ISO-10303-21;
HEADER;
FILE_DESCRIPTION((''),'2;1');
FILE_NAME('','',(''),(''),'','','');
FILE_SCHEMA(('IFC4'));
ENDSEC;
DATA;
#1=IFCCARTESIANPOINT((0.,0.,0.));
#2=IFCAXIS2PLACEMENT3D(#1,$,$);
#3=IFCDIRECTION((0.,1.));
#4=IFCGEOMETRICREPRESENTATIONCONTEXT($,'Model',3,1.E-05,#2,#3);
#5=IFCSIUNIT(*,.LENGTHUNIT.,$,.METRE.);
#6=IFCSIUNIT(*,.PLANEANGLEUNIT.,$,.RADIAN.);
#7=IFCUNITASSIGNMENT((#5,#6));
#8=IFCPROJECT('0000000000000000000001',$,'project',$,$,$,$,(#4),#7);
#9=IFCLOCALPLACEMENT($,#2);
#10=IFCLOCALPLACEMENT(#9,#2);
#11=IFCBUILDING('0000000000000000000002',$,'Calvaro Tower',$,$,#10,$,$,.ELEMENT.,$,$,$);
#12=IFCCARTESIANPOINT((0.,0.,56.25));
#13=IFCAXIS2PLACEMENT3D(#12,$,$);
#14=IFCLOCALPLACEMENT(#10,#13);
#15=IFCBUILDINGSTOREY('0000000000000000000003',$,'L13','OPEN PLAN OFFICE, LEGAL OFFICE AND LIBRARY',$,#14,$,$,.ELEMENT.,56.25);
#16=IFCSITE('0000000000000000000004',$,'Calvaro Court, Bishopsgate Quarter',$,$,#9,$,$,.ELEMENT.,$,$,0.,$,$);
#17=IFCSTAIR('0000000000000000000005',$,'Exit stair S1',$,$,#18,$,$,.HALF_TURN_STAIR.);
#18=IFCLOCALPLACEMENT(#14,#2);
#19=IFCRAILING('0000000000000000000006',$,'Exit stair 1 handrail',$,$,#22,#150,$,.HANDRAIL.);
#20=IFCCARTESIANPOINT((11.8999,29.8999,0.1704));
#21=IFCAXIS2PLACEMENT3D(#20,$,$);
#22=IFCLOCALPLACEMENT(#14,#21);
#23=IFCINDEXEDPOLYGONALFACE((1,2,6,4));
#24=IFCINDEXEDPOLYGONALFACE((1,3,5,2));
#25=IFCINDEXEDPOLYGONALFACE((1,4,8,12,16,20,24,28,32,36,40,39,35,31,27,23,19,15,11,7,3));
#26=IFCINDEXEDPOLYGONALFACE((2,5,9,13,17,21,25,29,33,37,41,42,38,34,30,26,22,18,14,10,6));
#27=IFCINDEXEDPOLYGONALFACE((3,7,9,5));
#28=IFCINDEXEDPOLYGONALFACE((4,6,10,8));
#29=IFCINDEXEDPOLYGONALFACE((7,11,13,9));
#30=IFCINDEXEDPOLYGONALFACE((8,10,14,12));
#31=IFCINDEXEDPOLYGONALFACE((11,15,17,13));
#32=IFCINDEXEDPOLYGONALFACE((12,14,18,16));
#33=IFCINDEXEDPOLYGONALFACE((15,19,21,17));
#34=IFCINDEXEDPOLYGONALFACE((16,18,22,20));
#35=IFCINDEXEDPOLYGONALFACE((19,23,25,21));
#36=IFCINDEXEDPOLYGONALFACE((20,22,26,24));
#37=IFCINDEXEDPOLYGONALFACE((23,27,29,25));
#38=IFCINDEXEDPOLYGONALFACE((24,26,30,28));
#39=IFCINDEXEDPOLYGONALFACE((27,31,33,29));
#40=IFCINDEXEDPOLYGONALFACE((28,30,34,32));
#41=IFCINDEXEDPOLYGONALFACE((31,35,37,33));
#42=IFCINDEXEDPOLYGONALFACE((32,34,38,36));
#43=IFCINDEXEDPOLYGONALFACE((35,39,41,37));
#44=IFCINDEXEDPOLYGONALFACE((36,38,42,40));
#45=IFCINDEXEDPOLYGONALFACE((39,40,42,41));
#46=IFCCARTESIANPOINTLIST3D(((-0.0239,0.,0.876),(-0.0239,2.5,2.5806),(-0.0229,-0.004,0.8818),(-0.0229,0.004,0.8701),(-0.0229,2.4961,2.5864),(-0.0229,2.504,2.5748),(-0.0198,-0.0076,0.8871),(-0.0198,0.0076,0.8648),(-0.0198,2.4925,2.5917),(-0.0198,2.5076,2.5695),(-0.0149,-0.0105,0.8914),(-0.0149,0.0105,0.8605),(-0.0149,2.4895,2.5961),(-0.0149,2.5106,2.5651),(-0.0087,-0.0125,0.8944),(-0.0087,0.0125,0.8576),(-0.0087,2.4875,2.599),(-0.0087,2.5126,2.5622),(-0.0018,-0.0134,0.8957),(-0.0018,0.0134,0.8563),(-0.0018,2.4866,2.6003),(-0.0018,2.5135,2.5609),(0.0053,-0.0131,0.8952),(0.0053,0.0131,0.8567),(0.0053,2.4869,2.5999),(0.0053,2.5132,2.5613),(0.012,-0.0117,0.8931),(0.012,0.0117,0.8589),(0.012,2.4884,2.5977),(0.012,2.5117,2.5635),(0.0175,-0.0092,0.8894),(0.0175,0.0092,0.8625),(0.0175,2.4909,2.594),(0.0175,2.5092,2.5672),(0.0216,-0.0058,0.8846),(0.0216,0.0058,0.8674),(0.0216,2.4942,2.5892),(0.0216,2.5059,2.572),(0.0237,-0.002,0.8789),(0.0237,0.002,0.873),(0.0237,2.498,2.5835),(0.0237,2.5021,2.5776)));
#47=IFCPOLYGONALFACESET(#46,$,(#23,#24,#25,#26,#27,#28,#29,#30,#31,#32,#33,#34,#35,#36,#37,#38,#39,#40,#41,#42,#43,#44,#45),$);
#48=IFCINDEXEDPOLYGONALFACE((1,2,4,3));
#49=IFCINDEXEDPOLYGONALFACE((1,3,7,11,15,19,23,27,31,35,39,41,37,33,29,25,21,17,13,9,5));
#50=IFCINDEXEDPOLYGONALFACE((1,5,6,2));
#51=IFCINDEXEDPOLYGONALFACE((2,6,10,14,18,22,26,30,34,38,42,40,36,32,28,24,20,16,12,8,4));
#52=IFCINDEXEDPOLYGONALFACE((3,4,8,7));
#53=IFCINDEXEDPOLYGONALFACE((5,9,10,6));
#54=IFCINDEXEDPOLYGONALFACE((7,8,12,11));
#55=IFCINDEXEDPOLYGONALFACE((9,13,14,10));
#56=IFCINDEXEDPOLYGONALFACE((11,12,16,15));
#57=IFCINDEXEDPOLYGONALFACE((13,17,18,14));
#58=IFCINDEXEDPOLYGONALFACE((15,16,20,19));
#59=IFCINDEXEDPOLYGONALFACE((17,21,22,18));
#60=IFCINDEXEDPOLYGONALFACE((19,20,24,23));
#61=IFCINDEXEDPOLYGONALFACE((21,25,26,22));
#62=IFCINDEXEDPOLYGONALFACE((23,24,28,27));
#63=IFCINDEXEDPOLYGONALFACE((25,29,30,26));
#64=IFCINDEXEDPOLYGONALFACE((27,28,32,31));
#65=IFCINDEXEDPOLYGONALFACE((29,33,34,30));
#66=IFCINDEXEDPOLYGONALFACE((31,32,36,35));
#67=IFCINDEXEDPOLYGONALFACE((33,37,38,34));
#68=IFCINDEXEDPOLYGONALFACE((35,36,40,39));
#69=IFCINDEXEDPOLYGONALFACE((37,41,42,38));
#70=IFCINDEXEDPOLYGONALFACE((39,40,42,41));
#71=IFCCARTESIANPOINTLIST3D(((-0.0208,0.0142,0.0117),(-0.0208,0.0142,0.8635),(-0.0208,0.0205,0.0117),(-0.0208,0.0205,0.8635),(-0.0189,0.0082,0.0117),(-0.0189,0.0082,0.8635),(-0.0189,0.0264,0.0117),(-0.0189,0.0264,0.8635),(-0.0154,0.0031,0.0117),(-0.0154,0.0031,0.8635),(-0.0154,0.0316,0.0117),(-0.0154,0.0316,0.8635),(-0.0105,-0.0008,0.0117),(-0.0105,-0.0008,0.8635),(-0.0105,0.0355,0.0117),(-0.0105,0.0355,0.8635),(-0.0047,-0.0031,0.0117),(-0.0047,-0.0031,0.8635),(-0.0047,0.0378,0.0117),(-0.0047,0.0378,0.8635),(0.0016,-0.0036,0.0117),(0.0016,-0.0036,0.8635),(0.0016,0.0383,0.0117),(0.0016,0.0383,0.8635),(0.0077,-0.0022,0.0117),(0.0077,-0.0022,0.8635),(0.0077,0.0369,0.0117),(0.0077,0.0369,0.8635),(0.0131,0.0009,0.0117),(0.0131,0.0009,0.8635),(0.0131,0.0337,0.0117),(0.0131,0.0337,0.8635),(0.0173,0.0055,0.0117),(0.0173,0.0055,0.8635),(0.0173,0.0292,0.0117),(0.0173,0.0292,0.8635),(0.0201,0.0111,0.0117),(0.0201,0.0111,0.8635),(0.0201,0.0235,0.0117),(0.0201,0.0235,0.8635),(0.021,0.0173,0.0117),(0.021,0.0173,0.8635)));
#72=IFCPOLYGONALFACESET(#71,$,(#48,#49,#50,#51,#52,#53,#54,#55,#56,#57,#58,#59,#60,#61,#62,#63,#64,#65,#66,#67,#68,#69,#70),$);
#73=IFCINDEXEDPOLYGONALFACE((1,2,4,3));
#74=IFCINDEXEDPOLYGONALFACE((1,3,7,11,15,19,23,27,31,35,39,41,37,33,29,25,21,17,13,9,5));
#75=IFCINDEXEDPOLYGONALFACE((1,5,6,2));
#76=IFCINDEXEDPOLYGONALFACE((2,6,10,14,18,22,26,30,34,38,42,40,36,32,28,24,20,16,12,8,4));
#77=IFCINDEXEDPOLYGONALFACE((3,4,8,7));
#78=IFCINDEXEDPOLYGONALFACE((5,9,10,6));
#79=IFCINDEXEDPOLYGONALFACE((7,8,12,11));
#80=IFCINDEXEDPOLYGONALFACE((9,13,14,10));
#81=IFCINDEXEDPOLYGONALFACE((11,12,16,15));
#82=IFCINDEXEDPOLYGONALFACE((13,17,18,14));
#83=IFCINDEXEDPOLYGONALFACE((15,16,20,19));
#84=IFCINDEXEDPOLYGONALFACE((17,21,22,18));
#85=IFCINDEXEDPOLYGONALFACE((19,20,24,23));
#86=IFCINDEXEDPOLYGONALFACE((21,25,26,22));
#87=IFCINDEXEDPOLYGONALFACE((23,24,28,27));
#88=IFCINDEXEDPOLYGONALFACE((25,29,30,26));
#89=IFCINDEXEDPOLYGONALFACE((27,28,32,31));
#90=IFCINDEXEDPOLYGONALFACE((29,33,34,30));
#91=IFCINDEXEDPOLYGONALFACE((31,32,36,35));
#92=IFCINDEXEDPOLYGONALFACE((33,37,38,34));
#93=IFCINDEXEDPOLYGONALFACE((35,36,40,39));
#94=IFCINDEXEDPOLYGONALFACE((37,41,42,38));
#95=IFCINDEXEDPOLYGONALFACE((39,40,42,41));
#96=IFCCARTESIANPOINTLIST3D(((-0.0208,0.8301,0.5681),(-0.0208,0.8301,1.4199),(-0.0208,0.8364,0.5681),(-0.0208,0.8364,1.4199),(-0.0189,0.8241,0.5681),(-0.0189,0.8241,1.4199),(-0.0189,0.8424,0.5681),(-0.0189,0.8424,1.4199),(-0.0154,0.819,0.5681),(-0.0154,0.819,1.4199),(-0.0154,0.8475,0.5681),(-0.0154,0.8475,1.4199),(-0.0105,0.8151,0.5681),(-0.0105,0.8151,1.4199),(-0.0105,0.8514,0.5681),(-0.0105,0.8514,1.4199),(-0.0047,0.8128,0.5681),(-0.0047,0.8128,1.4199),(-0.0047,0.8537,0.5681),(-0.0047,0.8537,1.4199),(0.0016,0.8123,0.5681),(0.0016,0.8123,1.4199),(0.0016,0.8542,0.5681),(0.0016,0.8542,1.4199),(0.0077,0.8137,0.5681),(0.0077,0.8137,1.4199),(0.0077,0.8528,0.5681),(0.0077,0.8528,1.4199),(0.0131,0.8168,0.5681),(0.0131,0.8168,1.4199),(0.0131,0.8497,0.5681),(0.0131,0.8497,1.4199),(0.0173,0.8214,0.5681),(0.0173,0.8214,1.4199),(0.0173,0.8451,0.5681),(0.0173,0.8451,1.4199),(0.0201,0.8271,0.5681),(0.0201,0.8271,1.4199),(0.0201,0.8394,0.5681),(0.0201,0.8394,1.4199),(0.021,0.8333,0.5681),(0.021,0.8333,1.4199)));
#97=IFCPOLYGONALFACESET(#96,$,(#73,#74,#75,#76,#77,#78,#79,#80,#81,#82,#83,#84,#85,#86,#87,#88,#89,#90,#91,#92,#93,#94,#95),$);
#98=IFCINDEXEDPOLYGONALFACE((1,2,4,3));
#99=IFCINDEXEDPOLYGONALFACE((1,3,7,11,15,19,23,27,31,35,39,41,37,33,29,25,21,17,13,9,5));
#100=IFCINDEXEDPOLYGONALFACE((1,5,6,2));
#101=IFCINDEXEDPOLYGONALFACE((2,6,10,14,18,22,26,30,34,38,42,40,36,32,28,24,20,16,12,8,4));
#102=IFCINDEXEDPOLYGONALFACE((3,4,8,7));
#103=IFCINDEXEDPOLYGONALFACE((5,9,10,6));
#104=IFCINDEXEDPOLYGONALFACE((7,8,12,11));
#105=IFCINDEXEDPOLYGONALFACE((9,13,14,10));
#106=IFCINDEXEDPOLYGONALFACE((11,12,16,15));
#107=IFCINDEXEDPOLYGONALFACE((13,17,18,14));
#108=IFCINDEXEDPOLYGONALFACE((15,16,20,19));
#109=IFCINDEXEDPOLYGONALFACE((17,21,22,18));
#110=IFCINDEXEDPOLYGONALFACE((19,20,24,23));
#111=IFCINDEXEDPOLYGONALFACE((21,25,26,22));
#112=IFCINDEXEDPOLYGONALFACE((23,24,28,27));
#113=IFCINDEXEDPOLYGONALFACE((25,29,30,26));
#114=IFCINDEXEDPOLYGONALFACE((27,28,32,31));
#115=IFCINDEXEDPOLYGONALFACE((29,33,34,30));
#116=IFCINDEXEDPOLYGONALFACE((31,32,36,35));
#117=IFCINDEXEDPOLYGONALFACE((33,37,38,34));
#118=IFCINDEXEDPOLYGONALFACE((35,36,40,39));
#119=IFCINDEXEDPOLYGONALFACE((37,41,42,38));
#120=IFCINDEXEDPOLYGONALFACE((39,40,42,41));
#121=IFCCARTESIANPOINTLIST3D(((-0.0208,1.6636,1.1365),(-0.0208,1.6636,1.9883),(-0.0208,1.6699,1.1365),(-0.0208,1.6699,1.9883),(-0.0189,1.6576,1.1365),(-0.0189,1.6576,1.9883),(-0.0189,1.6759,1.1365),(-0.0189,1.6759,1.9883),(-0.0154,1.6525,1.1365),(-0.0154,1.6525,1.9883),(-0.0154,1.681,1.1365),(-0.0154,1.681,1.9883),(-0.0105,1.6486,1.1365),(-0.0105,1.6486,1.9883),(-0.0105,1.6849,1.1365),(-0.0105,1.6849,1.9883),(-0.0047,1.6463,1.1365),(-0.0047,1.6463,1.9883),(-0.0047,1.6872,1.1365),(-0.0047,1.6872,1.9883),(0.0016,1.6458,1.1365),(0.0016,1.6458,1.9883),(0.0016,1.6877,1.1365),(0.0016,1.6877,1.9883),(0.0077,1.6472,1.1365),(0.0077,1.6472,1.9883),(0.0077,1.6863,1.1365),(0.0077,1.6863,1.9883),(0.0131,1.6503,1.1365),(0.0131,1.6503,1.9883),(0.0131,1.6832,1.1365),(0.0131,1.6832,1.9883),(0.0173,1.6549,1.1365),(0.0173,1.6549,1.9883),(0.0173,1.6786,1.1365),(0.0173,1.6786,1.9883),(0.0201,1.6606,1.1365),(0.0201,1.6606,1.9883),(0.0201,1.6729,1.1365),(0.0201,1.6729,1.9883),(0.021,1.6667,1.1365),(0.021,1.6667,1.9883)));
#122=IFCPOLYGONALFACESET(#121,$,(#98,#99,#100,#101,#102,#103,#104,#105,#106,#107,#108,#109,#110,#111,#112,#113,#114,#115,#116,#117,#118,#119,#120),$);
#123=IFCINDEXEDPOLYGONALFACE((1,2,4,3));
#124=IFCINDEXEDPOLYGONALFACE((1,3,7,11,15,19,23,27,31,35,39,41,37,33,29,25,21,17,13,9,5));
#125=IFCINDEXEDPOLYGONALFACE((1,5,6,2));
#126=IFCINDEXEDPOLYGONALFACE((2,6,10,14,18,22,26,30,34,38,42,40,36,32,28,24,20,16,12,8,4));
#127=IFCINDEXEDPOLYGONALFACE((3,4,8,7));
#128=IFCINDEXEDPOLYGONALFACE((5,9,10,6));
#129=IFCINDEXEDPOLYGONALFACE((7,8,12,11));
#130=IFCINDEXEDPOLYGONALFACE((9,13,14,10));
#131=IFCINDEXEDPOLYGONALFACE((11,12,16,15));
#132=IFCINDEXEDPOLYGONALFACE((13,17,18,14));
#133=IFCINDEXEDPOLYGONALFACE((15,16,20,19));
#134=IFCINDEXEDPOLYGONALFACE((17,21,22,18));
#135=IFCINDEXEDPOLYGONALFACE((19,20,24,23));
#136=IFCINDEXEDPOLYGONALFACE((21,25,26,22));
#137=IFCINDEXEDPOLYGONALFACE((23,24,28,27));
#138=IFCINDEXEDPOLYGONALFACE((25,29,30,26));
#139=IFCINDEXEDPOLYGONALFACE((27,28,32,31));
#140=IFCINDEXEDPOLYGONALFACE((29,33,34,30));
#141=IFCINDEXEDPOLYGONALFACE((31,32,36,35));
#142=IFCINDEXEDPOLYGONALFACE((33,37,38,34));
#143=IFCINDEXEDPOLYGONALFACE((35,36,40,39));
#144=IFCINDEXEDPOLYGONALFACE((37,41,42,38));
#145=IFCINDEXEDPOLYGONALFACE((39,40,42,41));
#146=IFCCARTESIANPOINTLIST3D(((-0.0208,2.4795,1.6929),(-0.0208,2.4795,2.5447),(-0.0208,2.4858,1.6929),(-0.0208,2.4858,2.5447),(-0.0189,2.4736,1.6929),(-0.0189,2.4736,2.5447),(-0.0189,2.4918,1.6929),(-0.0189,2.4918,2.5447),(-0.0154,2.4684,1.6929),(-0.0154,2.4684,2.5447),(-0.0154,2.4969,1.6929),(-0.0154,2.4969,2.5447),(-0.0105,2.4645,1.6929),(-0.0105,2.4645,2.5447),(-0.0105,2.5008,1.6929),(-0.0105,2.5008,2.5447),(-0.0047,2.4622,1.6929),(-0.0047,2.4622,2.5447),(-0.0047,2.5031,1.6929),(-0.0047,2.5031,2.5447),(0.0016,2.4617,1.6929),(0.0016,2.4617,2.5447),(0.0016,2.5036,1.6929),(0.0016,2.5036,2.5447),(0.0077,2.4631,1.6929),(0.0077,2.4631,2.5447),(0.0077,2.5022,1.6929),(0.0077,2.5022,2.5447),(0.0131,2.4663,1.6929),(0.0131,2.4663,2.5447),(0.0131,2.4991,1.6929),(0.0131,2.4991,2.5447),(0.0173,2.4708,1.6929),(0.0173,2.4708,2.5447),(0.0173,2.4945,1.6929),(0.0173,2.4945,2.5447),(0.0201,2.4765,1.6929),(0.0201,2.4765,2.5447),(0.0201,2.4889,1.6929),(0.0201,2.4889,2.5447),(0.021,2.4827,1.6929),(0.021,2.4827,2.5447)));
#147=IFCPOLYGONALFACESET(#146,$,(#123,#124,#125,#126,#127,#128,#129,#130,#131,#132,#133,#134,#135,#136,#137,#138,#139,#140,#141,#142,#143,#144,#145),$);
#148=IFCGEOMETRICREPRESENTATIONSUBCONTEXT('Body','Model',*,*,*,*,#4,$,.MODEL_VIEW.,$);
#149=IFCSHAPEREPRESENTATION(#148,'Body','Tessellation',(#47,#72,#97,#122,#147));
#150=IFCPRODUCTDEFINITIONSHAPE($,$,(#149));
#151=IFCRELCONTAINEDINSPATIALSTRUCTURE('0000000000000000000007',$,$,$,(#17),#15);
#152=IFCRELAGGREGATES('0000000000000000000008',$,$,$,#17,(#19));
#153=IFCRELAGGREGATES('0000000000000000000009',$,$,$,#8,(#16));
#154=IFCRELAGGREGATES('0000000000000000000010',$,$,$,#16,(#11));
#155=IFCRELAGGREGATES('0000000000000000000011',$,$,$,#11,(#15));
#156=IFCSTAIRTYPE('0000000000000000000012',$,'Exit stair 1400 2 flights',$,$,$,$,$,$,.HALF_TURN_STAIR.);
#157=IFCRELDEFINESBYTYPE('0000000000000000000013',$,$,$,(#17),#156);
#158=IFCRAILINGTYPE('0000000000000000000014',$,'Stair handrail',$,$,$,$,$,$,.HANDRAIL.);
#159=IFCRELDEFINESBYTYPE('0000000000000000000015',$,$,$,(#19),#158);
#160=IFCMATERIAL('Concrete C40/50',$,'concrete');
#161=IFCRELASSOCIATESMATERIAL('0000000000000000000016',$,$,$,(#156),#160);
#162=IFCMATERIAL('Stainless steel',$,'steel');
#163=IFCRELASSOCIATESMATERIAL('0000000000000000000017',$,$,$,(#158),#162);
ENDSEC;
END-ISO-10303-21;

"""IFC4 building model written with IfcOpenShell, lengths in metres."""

from ifc_helpers import new_model, si_unit, direction, frame, origin, origin_2d, place, context, subcontext, project, spatial, circle, extrude, material, type_object, element, aggregate, save


model = new_model("IFC4")

# Units and contexts
model_context = context("Model", 3, precision=1e-05, world=origin(), true_north=direction((0.0, 1.0)))
body_context = subcontext(model_context, "Body", "Model", "MODEL_VIEW")
ifc_project = project(units=[si_unit("LENGTHUNIT", "METRE"), si_unit("PLANEANGLEUNIT", "RADIAN")], contexts=[model_context])

# Site, building, storey
site_placement = place(None, origin())
site = spatial("IfcSite", under=ifc_project, at=site_placement, Name="Calvaro Court, Bishopsgate Quarter", CompositionType="ELEMENT", RefElevation=0.0)
building_placement = place(site_placement, origin())
building = spatial("IfcBuilding", under=site, at=building_placement, Name="Calvaro Tower", CompositionType="ELEMENT")
storey_placement = place(building_placement, frame((0.0, 0.0, 56.25)))
storey = spatial("IfcBuildingStorey", under=building, at=storey_placement, Name="L13", Description="OPEN PLAN OFFICE, LEGAL OFFICE AND LIBRARY", CompositionType="ELEMENT", Elevation=56.25)

# Stair, railing
ifc_material_1 = material(Name="Concrete C40/50", Category="concrete")
stair_type = type_object("IfcStairType", Name="Exit stair 1400 2 flights", PredefinedType="HALF_TURN_STAIR", material=ifc_material_1)
stair_placement = place(storey_placement, origin())
stair = element("IfcStair", 1, at=stair_placement, inside=storey, type_object=stair_type, Name="Exit stair S1", PredefinedType="HALF_TURN_STAIR")
ifc_material_2 = material(Name="Stainless steel", Category="steel")
railing_type = type_object("IfcRailingType", Name="Stair handrail", PredefinedType="HANDRAIL", material=ifc_material_2)
railing_1_placement = place(storey_placement, frame((11.8999, 29.8999, 0.1704)))
railing_1 = element("IfcRailing", 2, at=railing_1_placement, type_object=railing_type, Name="Exit stair 1 handrail", PredefinedType="HANDRAIL", context=body_context, shape_type="SweptSolid", body=[
    extrude(circle(Radius=0.0239, at=origin_2d()), frame((0.0, 0.0, 0.876), z_axis=(0.0, 0.826221, 0.563347), x_axis=(-1.0, 0.0, 0.0)), (0.0, 0.0, 1.0), 3.0259),
    extrude(circle(Radius=0.021, at=origin_2d()), frame((0.0, 0.0173, 0.0117)), (0.0, 0.0, 1.0), 0.8518),
    extrude(circle(Radius=0.021, at=origin_2d()), frame((0.0, 0.8333, 0.5681)), (0.0, 0.0, 1.0), 0.8518),
    extrude(circle(Radius=0.021, at=origin_2d()), frame((0.0, 1.6667, 1.1365)), (0.0, 0.0, 1.0), 0.8518),
    extrude(circle(Radius=0.021, at=origin_2d()), frame((0.0, 2.4827, 1.6929)), (0.0, 0.0, 1.0), 0.8518),
])
aggregate(stair, [railing_1])

save(model, "model.ifc")
